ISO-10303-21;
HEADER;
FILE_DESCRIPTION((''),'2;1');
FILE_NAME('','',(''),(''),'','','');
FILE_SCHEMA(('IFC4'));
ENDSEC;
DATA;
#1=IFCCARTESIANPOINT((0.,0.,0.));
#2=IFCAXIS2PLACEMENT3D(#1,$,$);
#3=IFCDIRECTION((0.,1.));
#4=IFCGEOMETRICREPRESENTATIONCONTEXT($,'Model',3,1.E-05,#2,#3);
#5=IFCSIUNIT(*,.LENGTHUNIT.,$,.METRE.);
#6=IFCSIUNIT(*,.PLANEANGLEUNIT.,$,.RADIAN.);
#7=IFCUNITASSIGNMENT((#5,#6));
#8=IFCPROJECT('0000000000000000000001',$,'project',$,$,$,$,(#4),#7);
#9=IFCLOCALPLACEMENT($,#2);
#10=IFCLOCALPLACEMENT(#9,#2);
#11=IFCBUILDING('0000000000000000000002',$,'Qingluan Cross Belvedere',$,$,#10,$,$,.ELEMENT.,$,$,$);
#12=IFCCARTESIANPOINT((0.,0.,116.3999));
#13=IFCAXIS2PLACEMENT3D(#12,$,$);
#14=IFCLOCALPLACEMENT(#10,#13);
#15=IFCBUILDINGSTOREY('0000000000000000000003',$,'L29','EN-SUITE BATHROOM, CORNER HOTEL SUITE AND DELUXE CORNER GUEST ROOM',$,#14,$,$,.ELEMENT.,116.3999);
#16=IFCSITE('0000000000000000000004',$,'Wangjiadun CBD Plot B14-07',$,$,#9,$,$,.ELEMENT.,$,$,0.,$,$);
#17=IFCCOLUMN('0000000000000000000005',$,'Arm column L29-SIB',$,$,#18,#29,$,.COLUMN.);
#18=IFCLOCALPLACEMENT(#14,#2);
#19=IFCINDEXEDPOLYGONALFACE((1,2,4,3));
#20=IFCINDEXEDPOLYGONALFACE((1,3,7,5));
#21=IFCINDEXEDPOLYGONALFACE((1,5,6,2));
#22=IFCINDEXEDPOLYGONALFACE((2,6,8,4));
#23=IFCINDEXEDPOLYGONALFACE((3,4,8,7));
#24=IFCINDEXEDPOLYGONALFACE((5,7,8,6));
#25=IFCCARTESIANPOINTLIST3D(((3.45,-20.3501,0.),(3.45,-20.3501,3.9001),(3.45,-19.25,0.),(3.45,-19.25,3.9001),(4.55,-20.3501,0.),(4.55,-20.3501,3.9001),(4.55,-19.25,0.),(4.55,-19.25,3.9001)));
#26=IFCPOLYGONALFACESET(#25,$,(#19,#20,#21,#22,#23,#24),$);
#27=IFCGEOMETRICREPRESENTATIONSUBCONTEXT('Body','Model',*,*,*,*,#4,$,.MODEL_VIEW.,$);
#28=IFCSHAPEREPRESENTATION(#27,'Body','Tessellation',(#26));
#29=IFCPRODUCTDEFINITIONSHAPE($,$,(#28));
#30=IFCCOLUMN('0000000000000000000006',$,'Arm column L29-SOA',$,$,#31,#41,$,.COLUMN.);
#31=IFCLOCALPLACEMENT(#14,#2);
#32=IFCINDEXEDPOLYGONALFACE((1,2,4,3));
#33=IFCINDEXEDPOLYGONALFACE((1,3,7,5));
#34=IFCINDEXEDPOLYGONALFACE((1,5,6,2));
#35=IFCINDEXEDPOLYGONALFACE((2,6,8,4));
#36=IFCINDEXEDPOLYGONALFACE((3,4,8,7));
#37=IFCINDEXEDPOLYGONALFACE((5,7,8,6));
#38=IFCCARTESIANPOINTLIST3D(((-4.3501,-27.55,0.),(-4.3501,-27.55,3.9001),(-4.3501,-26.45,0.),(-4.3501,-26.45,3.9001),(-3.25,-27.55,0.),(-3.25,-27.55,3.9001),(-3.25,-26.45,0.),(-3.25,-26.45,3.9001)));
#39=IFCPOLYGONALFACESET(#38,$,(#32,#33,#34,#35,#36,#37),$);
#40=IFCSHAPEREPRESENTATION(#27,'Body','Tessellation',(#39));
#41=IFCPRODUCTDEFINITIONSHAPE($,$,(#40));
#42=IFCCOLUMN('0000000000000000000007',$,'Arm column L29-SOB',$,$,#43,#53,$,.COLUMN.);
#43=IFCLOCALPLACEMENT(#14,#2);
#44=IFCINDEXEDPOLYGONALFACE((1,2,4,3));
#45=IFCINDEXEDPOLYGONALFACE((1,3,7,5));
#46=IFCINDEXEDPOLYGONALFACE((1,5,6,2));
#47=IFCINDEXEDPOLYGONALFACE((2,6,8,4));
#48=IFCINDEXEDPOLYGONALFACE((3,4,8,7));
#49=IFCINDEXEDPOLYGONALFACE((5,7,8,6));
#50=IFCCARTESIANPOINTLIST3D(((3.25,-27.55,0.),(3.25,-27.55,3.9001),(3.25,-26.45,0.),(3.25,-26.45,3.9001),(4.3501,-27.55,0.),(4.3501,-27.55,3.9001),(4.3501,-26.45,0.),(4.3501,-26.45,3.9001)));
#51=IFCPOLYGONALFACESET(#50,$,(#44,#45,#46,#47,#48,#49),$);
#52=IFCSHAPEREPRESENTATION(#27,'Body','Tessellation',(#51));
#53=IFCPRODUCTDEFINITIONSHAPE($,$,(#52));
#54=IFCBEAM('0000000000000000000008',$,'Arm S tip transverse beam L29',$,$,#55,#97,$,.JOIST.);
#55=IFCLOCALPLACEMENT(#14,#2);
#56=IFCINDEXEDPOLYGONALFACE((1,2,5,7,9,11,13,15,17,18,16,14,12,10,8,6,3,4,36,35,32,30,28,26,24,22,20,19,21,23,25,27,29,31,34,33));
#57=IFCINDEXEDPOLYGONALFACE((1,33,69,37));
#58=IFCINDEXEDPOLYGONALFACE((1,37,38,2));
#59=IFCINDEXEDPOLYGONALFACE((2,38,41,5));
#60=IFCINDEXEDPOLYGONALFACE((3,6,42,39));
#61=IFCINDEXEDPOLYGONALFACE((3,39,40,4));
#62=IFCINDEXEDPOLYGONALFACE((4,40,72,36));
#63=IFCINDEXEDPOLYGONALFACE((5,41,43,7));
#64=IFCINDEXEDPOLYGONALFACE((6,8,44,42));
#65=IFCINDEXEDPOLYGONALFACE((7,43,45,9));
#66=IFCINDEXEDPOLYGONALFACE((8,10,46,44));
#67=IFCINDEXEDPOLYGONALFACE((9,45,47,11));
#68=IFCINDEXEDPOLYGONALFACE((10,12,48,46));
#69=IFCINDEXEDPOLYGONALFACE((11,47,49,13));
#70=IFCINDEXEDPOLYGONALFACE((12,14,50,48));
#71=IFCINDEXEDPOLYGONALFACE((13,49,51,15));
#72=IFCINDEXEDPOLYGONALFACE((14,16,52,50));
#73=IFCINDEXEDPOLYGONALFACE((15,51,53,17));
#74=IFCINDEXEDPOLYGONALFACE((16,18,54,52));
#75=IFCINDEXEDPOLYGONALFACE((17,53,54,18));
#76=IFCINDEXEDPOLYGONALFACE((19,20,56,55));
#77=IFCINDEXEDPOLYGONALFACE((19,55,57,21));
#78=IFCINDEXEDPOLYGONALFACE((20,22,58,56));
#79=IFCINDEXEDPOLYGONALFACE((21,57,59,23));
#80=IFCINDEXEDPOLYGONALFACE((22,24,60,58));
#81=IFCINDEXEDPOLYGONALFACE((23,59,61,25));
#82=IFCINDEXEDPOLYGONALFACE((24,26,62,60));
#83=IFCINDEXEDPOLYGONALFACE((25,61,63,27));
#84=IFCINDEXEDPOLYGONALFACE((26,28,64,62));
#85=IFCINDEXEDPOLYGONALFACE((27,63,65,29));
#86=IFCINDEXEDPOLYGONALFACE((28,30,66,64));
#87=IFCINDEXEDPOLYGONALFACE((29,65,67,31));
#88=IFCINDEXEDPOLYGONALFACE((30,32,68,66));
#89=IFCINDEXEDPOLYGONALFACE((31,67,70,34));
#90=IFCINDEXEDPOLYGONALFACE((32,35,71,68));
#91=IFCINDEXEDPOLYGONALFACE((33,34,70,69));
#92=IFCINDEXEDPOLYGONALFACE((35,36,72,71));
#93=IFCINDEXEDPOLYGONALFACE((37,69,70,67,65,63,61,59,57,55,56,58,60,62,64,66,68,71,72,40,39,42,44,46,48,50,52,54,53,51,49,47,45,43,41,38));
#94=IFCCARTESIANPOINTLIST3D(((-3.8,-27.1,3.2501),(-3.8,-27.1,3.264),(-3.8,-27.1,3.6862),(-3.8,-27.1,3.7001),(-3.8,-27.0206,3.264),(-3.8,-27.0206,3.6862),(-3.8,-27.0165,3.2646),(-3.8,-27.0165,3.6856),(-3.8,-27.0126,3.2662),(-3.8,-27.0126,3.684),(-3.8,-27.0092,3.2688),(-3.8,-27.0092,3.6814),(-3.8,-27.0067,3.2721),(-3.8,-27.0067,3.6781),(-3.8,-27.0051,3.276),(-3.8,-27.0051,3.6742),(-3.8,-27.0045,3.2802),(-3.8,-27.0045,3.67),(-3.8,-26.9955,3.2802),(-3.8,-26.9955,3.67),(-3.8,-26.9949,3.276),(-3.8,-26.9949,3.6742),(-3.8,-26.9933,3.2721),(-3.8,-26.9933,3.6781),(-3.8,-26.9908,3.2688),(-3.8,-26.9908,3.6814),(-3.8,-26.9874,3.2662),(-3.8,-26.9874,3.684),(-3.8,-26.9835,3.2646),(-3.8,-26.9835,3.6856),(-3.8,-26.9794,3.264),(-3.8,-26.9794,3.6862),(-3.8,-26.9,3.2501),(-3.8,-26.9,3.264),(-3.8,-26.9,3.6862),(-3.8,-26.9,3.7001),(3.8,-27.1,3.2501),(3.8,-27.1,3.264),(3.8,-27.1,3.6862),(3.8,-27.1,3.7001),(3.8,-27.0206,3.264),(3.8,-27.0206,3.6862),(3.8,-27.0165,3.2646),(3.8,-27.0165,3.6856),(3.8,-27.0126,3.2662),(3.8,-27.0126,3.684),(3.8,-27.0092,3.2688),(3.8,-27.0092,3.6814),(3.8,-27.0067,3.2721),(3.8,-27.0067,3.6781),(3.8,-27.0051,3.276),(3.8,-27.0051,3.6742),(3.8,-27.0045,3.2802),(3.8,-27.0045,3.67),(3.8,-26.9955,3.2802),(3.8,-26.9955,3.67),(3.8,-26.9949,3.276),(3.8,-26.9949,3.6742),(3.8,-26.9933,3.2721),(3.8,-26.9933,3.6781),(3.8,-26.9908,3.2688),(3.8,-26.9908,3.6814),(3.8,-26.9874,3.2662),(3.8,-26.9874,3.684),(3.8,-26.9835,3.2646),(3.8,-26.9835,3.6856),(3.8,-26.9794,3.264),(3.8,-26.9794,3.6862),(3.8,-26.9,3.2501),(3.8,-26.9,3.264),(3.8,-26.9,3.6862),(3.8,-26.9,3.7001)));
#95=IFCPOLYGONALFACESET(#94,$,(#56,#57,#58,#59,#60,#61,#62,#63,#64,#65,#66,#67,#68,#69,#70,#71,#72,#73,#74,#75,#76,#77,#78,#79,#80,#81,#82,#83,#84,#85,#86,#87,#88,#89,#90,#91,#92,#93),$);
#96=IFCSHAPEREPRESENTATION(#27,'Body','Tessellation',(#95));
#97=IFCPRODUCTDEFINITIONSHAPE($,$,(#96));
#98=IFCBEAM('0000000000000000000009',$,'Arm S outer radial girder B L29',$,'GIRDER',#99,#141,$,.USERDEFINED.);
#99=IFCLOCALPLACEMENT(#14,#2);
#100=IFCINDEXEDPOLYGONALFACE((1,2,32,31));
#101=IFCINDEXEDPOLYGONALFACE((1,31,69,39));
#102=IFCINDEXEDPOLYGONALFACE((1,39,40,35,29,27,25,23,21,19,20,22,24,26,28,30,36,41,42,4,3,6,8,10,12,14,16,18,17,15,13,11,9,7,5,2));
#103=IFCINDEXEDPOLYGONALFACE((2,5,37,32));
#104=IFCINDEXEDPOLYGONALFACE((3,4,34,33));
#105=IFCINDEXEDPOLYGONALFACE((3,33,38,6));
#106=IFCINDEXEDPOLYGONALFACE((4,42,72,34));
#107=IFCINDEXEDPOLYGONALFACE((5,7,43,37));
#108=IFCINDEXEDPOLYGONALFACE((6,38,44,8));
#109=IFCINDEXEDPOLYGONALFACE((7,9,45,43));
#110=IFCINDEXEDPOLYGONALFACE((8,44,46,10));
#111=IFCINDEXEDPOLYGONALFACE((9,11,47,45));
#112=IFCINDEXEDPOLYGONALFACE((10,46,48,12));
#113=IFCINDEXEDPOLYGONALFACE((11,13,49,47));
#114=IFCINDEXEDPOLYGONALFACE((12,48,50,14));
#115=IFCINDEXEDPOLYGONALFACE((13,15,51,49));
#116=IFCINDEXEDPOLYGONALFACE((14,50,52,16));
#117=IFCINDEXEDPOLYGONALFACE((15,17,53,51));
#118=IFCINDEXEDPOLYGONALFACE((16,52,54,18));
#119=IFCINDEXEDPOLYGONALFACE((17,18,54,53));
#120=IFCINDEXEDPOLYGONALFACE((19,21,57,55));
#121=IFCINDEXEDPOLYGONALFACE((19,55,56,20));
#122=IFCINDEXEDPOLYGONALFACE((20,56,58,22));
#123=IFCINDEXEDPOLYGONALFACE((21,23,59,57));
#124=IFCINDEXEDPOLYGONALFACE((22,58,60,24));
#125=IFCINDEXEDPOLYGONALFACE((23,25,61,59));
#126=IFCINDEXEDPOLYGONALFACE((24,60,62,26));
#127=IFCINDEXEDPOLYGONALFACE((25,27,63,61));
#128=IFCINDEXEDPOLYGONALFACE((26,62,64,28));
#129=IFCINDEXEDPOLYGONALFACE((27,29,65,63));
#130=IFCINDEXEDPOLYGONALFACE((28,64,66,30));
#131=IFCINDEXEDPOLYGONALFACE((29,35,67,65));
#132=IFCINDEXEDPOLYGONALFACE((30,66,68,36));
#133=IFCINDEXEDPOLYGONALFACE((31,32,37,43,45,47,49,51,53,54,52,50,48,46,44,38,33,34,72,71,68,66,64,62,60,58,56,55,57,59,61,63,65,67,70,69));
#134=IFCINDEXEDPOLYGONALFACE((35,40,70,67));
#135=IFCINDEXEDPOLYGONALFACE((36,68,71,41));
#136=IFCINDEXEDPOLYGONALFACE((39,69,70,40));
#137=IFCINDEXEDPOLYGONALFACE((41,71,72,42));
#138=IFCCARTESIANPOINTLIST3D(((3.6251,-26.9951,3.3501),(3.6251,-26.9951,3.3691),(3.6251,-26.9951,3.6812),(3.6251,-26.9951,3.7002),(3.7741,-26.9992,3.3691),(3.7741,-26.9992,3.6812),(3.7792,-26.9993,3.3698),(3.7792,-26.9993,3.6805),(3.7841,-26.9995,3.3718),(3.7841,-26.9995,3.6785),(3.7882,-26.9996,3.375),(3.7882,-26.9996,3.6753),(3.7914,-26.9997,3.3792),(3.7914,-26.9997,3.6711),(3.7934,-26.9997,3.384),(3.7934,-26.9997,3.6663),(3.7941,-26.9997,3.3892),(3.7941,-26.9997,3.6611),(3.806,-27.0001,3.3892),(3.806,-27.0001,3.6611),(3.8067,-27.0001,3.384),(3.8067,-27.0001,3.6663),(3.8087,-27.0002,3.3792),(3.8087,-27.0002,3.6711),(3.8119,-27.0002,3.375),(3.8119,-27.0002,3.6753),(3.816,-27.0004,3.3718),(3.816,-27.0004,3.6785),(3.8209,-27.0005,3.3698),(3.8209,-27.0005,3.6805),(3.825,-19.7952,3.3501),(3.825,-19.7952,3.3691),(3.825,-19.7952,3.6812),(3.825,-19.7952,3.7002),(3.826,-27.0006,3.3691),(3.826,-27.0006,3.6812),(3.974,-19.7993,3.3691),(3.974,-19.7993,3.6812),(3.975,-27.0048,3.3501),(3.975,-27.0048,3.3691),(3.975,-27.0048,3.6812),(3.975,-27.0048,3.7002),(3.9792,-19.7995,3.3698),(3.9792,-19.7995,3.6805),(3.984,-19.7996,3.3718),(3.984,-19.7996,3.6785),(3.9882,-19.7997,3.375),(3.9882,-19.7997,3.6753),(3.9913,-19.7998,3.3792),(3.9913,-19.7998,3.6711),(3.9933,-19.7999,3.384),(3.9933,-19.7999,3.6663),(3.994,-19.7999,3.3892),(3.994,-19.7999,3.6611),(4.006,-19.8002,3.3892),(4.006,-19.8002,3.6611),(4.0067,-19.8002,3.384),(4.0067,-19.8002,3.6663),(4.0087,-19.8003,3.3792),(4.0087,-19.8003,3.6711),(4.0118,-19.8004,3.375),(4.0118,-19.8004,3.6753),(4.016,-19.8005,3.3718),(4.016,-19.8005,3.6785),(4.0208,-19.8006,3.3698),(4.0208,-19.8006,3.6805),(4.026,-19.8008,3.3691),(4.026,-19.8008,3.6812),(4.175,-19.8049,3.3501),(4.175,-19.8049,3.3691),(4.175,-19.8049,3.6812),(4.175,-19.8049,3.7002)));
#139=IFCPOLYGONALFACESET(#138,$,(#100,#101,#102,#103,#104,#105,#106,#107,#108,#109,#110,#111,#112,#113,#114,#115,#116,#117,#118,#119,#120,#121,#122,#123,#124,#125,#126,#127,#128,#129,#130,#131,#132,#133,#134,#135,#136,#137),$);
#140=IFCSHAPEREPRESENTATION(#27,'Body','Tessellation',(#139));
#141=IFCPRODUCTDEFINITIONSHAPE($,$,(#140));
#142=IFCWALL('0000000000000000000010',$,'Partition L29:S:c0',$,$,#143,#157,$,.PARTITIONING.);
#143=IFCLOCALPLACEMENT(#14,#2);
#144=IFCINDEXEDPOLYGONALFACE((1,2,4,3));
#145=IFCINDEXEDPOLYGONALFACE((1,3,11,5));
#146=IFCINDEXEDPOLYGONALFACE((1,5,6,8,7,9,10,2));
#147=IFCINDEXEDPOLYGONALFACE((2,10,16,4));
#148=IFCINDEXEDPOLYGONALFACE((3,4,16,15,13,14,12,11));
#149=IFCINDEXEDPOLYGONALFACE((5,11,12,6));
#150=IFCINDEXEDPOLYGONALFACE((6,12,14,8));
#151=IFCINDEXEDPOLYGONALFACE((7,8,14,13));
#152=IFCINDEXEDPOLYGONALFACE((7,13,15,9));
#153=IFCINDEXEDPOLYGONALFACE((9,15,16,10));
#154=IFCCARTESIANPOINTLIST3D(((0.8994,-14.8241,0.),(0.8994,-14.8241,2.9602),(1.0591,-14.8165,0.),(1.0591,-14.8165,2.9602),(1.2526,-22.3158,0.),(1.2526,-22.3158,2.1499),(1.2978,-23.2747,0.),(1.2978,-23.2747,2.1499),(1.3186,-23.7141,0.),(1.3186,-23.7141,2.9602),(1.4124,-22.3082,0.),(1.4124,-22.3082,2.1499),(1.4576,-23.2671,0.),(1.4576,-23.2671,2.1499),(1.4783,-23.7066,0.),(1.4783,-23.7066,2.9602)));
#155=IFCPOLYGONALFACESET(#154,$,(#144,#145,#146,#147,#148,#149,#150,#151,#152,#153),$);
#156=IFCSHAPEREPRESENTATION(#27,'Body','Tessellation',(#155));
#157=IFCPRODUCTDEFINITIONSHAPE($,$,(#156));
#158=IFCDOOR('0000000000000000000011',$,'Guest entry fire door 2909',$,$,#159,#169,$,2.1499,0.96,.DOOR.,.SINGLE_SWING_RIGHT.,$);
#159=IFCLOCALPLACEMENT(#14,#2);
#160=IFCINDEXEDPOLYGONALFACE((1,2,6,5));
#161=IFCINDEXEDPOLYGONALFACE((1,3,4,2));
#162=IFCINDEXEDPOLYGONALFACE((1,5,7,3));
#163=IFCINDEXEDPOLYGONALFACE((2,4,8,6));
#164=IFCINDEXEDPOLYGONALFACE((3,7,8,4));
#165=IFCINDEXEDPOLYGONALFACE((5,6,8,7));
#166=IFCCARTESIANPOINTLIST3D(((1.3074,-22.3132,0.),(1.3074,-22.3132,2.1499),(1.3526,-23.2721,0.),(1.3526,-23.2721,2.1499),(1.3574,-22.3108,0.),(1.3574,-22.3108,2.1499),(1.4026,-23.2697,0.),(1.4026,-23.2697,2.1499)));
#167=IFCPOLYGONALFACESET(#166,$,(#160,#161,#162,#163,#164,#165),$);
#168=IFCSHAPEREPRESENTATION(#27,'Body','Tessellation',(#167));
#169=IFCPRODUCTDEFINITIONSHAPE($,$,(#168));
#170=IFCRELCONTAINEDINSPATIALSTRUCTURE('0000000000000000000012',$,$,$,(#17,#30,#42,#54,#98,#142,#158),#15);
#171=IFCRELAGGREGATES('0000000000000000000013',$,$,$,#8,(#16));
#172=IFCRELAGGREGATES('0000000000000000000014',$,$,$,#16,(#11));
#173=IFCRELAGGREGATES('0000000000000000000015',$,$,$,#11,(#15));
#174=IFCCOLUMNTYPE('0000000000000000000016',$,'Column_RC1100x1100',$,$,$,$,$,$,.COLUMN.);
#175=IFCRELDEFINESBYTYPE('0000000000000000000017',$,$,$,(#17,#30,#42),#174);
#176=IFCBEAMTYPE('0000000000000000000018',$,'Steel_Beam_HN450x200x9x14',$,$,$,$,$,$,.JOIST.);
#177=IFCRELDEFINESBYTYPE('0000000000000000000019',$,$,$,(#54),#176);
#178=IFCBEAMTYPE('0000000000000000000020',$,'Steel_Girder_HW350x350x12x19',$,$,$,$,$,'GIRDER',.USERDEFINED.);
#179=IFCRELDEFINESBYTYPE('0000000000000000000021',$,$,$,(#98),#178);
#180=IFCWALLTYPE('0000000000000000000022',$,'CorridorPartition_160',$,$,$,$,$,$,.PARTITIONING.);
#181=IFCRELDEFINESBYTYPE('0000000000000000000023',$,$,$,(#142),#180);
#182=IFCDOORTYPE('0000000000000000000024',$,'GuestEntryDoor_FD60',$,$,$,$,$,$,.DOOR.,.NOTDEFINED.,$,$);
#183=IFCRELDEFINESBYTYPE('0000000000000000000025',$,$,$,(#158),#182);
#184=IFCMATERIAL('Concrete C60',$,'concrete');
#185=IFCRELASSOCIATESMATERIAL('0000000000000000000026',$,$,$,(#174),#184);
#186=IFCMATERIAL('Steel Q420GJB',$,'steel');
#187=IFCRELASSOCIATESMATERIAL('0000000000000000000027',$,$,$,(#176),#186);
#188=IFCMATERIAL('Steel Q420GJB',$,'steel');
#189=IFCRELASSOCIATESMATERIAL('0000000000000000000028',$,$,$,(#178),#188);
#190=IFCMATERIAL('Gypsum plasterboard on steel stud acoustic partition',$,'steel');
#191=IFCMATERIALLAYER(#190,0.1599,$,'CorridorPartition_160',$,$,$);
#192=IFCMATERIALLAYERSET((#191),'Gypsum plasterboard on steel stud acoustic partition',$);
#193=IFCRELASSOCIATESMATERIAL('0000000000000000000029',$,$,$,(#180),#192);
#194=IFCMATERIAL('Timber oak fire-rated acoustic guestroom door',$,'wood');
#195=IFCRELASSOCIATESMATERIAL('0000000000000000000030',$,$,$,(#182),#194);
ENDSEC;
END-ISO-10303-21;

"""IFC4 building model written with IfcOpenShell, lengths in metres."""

from ifc_helpers import new_model, si_unit, direction, frame, frame_2d, origin, origin_2d, place, context, subcontext, project, spatial, rectangle, i_section, extrude, material, layer, layer_set, material_profile, profile_set, type_object, element, fill, save


model = new_model("IFC4")

# Units and contexts
model_context = context("Model", 3, precision=1e-05, world=origin(), true_north=direction((0.0, 1.0)))
body_context = subcontext(model_context, "Body", "Model", "MODEL_VIEW")
ifc_project = project(units=[si_unit("LENGTHUNIT", "METRE"), si_unit("PLANEANGLEUNIT", "RADIAN")], contexts=[model_context])

# Site, building, storey
site_placement = place(None, origin())
site = spatial("IfcSite", under=ifc_project, at=site_placement, Name="Wangjiadun CBD Plot B14-07", CompositionType="ELEMENT", RefElevation=0.0)
building_placement = place(site_placement, origin())
building = spatial("IfcBuilding", under=site, at=building_placement, Name="Qingluan Cross Belvedere", CompositionType="ELEMENT")
storey_placement = place(building_placement, frame((0.0, 0.0, 116.3999)))
storey = spatial("IfcBuildingStorey", under=building, at=storey_placement, Name="L29", Description="EN-SUITE BATHROOM, CORNER HOTEL SUITE AND DELUXE CORNER GUEST ROOM", CompositionType="ELEMENT", Elevation=116.3999)

# Columns
ifc_material_1 = material(Name="Concrete C60", Category="concrete")
ifc_material_profile_1 = material_profile(ifc_material_1, rectangle(XDim=1.1001, YDim=1.1001, at=origin_2d()), Name="RC1100x1100")
ifc_profile_set_1 = profile_set([ifc_material_profile_1], Name="Concrete C60")
column_type = type_object("IfcColumnType", Name="Column_RC1100x1100", PredefinedType="COLUMN", material=ifc_profile_set_1)
for number, where, z_axis, x_axis, name in (
    (1, (4.0, -19.8, 0.0), (0.0, 0.0, 1.0), (1.0, 0.0, 0.0), "Arm column L29-SIB"),
    (2, (-3.8, -27.0, 0.0), (0.0, 0.0, 1.0), (1.0, 0.0, 0.0), "Arm column L29-SOA"),
    (3, (3.8, -27.0, 0.0), (0.0, 0.0, 1.0), (1.0, 0.0, 0.0), "Arm column L29-SOB"),
):
    element("IfcColumn", number, at=place(storey_placement, frame(where, z_axis=z_axis, x_axis=x_axis)), inside=storey, type_object=column_type, Name=name, PredefinedType="COLUMN", context=body_context, shape_type="SweptSolid", body=[
        extrude(rectangle(XDim=1.1001, YDim=1.1001, at=origin_2d()), origin(), (0.0, 0.0, 1.0), 3.9001),
    ])

# Beams
ifc_material_2 = material(Name="Steel Q420GJB", Category="steel")
ifc_material_profile_2 = material_profile(ifc_material_2, i_section(OverallWidth=0.2, OverallDepth=0.45, WebThickness=0.009, FlangeThickness=0.0139, FilletRadius=0.0161, at=origin_2d()), Name="HN450x200x9x14")
ifc_profile_set_2 = profile_set([ifc_material_profile_2], Name="Steel Q420GJB")
beam_type_1 = type_object("IfcBeamType", Name="Steel_Beam_HN450x200x9x14", PredefinedType="JOIST", material=ifc_profile_set_2)
beam_1_placement = place(storey_placement, frame((-3.8, -27.0, 3.4751), z_axis=(1.0, 0.0, 0.0), x_axis=(0.0, 1.0, 0.0)))
element("IfcBeam", 4, at=beam_1_placement, inside=storey, type_object=beam_type_1, Name="Arm S tip transverse beam L29", PredefinedType="JOIST", context=body_context, shape_type="SweptSolid", body=[
    extrude(i_section(OverallWidth=0.2, OverallDepth=0.45, WebThickness=0.009, FlangeThickness=0.0139, FilletRadius=0.0161, at=origin_2d()), origin(), (0.0, 0.0, 1.0), 7.6001),
])
ifc_material_3 = material(Name="Steel Q420GJB", Category="steel")
ifc_material_profile_3 = material_profile(ifc_material_3, i_section(OverallWidth=0.3501, OverallDepth=0.3501, WebThickness=0.012, FlangeThickness=0.019, FilletRadius=0.02, at=origin_2d()), Name="HW350x350x12x19")
ifc_profile_set_3 = profile_set([ifc_material_profile_3], Name="Steel Q420GJB")
beam_type_2 = type_object("IfcBeamType", Name="Steel_Girder_HW350x350x12x19", ElementType="GIRDER", PredefinedType="USERDEFINED", material=ifc_profile_set_3)
beam_2_placement = place(storey_placement, frame((4.0, -19.8, 3.5251), z_axis=(-0.02776, -0.999615, 0.0), x_axis=(0.999615, -0.02776, 0.0)))
element("IfcBeam", 5, at=beam_2_placement, inside=storey, type_object=beam_type_2, Name="Arm S outer radial girder B L29", ObjectType="GIRDER", PredefinedType="USERDEFINED", context=body_context, shape_type="SweptSolid", body=[
    extrude(i_section(OverallWidth=0.3501, OverallDepth=0.3501, WebThickness=0.012, FlangeThickness=0.019, FilletRadius=0.02, at=origin_2d()), origin(), (0.0, 0.0, 1.0), 7.2026),
])

# Wall, opening, door
ifc_material_4 = material(Name="Gypsum plasterboard on steel stud acoustic partition", Category="steel")
ifc_layer_1 = layer(ifc_material_4, 0.1599, Name="CorridorPartition_160")
ifc_layer_set_1 = layer_set([ifc_layer_1], Name="Gypsum plasterboard on steel stud acoustic partition")
wall_type_1 = type_object("IfcWallType", Name="CorridorPartition_160", PredefinedType="PARTITIONING", material=ifc_layer_set_1)
wall_1_placement = place(storey_placement, frame((0.9792, -14.8203, 0.0), z_axis=(0.0, 0.0, 1.0), x_axis=(0.0471, -0.99889, 0.0)))
wall_1 = element("IfcWall", 6, at=wall_1_placement, inside=storey, type_object=wall_type_1, Name="Partition L29:S:c0", PredefinedType="PARTITIONING", context=body_context, shape_type="SweptSolid", body=[
    extrude(rectangle(XDim=8.8999, YDim=0.1599, at=frame_2d((4.45, 0.0))), origin(), (0.0, 0.0, 1.0), 2.9602),
])
opening_1_placement = place(wall_1_placement, frame((7.5, 0.0, 0.0)))
opening_1 = element("IfcOpeningElement", 7, at=opening_1_placement, cuts=wall_1, PredefinedType="OPENING", context=body_context, shape_type="SweptSolid", body=[
    extrude(rectangle(XDim=0.96, YDim=2.1499, at=frame_2d((0.48, 1.075))), frame((0.0, 0.0898, 0.0), z_axis=(0.0, -1.0, 0.0), x_axis=(1.0, 0.0, 0.0)), (0.0, 0.0, 1.0), 0.1799),
])
ifc_material_5 = material(Name="Timber oak fire-rated acoustic guestroom door", Category="wood")
door_type_1 = type_object("IfcDoorType", Name="GuestEntryDoor_FD60", OperationType="NOTDEFINED", PredefinedType="DOOR", material=ifc_material_5)
door_1_placement = place(opening_1_placement, origin())
door_1 = element("IfcDoor", 8, at=door_1_placement, inside=storey, type_object=door_type_1, Name="Guest entry fire door 2909", OperationType="SINGLE_SWING_RIGHT", OverallHeight=2.1499, OverallWidth=0.96, PredefinedType="DOOR", context=body_context, shape_type="SweptSolid", body=[
    extrude(rectangle(XDim=0.96, YDim=2.1499, at=frame_2d((0.48, 1.075))), frame((0.0, 0.0249, 0.0), z_axis=(0.0, -1.0, 0.0), x_axis=(1.0, 0.0, 0.0)), (0.0, 0.0, 1.0), 0.05),
])
fill(opening_1, door_1)

save(model, "model.ifc")
